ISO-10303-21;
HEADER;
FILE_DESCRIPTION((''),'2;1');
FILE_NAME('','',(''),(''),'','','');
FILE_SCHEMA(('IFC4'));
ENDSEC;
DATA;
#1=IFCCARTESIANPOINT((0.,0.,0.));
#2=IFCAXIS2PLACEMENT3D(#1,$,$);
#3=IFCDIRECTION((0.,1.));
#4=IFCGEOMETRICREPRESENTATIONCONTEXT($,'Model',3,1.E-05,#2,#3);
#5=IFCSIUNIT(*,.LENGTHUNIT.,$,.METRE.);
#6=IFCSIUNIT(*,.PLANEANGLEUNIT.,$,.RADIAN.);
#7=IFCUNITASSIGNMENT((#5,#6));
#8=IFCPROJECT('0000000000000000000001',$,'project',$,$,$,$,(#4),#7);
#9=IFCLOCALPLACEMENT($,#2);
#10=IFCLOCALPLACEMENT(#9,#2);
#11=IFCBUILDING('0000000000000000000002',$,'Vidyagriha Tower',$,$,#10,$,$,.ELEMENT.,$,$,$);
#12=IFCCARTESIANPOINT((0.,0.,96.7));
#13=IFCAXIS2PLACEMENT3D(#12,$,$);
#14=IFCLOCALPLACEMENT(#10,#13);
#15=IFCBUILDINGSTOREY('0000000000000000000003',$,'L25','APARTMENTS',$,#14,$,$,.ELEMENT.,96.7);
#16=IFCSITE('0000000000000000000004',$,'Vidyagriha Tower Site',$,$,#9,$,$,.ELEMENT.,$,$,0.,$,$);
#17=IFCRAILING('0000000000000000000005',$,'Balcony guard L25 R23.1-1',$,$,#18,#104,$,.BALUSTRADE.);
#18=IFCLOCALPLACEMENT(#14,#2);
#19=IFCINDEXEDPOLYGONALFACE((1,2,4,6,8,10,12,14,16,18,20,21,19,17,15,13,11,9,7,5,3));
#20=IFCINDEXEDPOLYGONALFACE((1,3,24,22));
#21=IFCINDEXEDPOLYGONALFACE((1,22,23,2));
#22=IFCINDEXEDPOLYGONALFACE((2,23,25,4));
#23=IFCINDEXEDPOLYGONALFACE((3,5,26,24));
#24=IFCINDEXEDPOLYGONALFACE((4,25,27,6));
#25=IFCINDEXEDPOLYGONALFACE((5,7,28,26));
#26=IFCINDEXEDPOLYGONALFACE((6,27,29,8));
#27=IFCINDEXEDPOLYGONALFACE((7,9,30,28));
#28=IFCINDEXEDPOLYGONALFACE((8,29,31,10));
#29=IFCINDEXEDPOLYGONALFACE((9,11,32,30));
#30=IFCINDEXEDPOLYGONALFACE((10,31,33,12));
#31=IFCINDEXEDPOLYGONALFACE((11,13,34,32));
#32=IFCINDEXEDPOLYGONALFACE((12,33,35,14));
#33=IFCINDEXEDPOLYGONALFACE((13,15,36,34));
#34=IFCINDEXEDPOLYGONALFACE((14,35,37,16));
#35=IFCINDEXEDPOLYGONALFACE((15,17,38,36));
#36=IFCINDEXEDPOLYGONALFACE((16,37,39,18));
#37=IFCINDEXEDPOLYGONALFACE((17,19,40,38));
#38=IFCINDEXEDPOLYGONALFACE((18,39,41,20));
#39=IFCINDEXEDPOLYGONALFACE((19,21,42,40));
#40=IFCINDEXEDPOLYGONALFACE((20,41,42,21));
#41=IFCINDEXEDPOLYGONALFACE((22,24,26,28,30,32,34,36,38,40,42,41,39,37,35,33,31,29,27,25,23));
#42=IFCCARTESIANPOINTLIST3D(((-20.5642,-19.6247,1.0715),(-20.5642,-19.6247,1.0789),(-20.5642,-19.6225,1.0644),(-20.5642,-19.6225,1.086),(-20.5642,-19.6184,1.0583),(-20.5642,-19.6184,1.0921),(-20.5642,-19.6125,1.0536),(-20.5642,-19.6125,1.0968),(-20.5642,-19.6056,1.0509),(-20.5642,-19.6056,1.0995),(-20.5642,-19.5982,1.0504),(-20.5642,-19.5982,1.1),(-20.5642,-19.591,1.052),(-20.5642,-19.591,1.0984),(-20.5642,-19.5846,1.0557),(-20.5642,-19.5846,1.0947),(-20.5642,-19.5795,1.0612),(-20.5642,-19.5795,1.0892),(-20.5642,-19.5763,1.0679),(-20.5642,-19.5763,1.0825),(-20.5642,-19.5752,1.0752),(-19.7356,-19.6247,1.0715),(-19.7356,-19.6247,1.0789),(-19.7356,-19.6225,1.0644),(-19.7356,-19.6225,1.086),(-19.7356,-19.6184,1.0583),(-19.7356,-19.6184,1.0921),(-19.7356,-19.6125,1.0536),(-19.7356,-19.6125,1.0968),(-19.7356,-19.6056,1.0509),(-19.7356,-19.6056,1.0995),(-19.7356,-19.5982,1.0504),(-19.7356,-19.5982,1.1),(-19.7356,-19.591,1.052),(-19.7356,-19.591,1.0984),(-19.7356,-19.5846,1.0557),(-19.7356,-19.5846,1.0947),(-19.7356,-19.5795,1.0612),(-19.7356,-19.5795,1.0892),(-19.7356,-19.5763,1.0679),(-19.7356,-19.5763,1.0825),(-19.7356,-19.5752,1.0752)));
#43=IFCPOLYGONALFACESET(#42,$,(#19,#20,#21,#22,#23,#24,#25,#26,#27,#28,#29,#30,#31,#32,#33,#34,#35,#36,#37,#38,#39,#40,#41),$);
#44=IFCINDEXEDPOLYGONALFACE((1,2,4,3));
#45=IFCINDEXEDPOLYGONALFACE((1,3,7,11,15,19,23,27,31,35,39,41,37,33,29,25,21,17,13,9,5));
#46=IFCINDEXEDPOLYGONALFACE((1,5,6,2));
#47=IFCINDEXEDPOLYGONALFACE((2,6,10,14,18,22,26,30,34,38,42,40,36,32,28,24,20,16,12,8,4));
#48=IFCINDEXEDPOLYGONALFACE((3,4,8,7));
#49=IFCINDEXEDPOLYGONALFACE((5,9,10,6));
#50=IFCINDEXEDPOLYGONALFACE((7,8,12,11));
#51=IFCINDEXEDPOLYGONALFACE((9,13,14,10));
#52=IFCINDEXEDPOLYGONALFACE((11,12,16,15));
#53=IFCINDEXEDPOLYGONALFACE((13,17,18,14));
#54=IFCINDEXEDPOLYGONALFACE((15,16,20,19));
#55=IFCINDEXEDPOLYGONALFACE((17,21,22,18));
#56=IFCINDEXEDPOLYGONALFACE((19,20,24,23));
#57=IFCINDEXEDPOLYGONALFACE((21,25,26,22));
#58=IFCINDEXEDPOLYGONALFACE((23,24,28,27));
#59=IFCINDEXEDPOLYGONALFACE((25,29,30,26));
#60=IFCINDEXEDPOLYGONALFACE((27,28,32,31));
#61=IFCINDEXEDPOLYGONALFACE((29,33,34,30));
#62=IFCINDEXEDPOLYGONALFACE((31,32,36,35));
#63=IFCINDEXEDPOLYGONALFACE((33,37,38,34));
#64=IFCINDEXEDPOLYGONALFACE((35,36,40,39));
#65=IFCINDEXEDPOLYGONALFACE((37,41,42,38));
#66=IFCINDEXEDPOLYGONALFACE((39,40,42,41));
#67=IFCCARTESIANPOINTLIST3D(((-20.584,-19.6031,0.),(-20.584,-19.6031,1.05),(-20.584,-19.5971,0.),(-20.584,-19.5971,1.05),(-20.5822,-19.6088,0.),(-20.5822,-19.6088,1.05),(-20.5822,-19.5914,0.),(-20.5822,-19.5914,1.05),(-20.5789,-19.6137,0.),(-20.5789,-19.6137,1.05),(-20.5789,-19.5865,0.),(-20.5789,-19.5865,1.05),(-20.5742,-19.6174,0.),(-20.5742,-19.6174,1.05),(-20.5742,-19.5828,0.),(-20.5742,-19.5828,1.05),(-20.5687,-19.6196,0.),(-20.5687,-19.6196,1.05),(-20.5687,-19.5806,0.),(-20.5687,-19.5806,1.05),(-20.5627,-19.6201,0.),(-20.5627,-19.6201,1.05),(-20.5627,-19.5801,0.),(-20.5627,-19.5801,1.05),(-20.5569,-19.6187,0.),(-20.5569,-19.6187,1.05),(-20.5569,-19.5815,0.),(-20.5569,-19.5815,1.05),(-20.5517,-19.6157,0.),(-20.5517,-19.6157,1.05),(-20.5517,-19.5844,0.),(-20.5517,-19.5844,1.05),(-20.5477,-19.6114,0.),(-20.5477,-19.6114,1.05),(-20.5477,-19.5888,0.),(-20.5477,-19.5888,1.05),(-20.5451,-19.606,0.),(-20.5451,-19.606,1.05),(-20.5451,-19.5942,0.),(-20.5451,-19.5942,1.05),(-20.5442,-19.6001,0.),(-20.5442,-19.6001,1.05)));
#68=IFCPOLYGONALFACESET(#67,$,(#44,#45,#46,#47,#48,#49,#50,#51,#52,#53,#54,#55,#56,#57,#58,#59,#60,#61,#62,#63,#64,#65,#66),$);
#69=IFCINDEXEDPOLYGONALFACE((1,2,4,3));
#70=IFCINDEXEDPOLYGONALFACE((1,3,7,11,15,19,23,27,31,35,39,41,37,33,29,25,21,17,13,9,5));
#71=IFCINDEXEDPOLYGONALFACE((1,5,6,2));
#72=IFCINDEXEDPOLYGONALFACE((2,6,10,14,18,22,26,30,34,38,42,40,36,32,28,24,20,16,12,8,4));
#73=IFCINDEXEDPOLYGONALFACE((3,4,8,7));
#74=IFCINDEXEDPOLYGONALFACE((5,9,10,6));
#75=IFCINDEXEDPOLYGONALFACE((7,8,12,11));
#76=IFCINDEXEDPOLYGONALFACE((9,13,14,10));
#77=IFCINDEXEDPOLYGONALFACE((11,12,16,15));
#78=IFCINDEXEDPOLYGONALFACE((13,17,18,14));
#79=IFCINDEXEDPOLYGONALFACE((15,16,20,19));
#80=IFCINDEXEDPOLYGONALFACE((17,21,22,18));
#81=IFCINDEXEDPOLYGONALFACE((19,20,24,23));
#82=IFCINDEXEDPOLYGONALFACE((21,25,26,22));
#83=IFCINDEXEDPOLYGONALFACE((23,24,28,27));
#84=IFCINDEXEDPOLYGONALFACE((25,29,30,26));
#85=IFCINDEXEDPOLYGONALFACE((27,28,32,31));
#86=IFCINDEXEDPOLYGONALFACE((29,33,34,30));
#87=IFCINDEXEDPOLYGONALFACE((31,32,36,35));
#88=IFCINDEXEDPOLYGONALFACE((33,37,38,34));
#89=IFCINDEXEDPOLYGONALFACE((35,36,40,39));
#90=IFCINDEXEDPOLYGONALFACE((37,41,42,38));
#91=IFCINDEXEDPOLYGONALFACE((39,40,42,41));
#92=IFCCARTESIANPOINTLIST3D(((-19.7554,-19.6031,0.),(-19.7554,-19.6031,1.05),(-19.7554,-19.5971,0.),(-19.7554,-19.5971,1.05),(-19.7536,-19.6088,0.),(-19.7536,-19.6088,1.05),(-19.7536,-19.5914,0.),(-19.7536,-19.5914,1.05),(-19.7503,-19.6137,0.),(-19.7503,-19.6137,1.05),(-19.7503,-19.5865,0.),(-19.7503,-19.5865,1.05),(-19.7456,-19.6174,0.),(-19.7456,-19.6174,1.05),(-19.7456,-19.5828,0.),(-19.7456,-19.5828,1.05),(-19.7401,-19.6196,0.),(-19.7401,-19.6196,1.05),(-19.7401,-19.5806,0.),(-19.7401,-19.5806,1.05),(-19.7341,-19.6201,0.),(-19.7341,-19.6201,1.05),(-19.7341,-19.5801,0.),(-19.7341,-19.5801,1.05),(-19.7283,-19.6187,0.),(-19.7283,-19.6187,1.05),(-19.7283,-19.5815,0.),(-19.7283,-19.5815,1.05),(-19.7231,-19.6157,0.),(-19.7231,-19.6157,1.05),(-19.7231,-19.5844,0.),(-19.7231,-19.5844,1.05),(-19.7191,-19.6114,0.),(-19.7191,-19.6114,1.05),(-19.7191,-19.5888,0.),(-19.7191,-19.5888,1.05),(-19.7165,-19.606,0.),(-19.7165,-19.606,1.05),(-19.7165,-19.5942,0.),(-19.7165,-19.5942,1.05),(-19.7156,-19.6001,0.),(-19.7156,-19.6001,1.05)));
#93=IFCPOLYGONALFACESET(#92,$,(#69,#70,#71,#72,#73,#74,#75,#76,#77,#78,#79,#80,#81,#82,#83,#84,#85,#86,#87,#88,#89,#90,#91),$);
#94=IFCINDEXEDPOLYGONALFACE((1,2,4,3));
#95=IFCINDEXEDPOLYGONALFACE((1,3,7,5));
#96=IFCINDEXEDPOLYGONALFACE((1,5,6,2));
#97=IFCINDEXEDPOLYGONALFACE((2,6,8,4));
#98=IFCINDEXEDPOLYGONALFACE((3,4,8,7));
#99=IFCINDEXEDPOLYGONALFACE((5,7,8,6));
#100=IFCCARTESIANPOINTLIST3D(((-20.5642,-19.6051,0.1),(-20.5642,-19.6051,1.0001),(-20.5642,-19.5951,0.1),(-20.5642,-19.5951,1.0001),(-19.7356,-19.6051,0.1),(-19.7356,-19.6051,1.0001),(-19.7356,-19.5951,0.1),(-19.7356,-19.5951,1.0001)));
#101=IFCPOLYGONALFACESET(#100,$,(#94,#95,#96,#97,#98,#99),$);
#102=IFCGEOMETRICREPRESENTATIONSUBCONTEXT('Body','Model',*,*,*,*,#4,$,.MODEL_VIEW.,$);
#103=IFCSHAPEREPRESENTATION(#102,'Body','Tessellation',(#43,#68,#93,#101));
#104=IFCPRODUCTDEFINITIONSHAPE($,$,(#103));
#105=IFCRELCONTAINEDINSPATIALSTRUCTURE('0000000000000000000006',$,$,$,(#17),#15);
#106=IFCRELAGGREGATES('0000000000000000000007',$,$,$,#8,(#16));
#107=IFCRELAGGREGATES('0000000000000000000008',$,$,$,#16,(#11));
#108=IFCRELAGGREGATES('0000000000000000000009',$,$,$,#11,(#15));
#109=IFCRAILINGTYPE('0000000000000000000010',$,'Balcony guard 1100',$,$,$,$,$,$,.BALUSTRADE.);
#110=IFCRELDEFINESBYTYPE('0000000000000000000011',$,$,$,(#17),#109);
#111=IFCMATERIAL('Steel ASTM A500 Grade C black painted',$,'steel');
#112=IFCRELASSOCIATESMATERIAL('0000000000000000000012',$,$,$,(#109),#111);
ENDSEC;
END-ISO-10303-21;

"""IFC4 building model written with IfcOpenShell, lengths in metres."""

from ifc_helpers import new_model, si_unit, direction, frame, origin, origin_2d, place, context, subcontext, project, spatial, rectangle, circle, extrude, material, type_object, element, save


model = new_model("IFC4")

# Units and contexts
model_context = context("Model", 3, precision=1e-05, world=origin(), true_north=direction((0.0, 1.0)))
body_context = subcontext(model_context, "Body", "Model", "MODEL_VIEW")
ifc_project = project(units=[si_unit("LENGTHUNIT", "METRE"), si_unit("PLANEANGLEUNIT", "RADIAN")], contexts=[model_context])

# Site, building, storey
site_placement = place(None, origin())
site = spatial("IfcSite", under=ifc_project, at=site_placement, Name="Vidyagriha Tower Site", CompositionType="ELEMENT", RefElevation=0.0)
building_placement = place(site_placement, origin())
building = spatial("IfcBuilding", under=site, at=building_placement, Name="Vidyagriha Tower", CompositionType="ELEMENT")
storey_placement = place(building_placement, frame((0.0, 0.0, 96.7)))
storey = spatial("IfcBuildingStorey", under=building, at=storey_placement, Name="L25", Description="APARTMENTS", CompositionType="ELEMENT", Elevation=96.7)

# Railing
ifc_material_1 = material(Name="Steel ASTM A500 Grade C black painted", Category="steel")
railing_type_1 = type_object("IfcRailingType", Name="Balcony guard 1100", PredefinedType="BALUSTRADE", material=ifc_material_1)
railing_1_placement = place(storey_placement, frame((-20.5642, -19.6001, 0.0)))
element("IfcRailing", 1, at=railing_1_placement, inside=storey, type_object=railing_type_1, Name="Balcony guard L25 R23.1-1", PredefinedType="BALUSTRADE", context=body_context, shape_type="SweptSolid", body=[
    extrude(circle(Radius=0.0249, at=origin_2d()), frame((0.0, 0.0, 1.0752), z_axis=(1.0, 0.0, 0.0), x_axis=(0.0, 1.0, 0.0)), (0.0, 0.0, 1.0), 0.8286),
    extrude(circle(Radius=0.02, at=origin_2d()), origin(), (0.0, 0.0, 1.0), 1.05),
    extrude(circle(Radius=0.02, at=origin_2d()), frame((0.8286, 0.0, 0.0)), (0.0, 0.0, 1.0), 1.05),
    extrude(rectangle(XDim=0.01, YDim=0.9001, at=origin_2d()), frame((0.0, 0.0, 0.55), z_axis=(1.0, 0.0, 0.0), x_axis=(0.0, 1.0, 0.0)), (0.0, 0.0, 1.0), 0.8286),
])

save(model, "model.ifc")
